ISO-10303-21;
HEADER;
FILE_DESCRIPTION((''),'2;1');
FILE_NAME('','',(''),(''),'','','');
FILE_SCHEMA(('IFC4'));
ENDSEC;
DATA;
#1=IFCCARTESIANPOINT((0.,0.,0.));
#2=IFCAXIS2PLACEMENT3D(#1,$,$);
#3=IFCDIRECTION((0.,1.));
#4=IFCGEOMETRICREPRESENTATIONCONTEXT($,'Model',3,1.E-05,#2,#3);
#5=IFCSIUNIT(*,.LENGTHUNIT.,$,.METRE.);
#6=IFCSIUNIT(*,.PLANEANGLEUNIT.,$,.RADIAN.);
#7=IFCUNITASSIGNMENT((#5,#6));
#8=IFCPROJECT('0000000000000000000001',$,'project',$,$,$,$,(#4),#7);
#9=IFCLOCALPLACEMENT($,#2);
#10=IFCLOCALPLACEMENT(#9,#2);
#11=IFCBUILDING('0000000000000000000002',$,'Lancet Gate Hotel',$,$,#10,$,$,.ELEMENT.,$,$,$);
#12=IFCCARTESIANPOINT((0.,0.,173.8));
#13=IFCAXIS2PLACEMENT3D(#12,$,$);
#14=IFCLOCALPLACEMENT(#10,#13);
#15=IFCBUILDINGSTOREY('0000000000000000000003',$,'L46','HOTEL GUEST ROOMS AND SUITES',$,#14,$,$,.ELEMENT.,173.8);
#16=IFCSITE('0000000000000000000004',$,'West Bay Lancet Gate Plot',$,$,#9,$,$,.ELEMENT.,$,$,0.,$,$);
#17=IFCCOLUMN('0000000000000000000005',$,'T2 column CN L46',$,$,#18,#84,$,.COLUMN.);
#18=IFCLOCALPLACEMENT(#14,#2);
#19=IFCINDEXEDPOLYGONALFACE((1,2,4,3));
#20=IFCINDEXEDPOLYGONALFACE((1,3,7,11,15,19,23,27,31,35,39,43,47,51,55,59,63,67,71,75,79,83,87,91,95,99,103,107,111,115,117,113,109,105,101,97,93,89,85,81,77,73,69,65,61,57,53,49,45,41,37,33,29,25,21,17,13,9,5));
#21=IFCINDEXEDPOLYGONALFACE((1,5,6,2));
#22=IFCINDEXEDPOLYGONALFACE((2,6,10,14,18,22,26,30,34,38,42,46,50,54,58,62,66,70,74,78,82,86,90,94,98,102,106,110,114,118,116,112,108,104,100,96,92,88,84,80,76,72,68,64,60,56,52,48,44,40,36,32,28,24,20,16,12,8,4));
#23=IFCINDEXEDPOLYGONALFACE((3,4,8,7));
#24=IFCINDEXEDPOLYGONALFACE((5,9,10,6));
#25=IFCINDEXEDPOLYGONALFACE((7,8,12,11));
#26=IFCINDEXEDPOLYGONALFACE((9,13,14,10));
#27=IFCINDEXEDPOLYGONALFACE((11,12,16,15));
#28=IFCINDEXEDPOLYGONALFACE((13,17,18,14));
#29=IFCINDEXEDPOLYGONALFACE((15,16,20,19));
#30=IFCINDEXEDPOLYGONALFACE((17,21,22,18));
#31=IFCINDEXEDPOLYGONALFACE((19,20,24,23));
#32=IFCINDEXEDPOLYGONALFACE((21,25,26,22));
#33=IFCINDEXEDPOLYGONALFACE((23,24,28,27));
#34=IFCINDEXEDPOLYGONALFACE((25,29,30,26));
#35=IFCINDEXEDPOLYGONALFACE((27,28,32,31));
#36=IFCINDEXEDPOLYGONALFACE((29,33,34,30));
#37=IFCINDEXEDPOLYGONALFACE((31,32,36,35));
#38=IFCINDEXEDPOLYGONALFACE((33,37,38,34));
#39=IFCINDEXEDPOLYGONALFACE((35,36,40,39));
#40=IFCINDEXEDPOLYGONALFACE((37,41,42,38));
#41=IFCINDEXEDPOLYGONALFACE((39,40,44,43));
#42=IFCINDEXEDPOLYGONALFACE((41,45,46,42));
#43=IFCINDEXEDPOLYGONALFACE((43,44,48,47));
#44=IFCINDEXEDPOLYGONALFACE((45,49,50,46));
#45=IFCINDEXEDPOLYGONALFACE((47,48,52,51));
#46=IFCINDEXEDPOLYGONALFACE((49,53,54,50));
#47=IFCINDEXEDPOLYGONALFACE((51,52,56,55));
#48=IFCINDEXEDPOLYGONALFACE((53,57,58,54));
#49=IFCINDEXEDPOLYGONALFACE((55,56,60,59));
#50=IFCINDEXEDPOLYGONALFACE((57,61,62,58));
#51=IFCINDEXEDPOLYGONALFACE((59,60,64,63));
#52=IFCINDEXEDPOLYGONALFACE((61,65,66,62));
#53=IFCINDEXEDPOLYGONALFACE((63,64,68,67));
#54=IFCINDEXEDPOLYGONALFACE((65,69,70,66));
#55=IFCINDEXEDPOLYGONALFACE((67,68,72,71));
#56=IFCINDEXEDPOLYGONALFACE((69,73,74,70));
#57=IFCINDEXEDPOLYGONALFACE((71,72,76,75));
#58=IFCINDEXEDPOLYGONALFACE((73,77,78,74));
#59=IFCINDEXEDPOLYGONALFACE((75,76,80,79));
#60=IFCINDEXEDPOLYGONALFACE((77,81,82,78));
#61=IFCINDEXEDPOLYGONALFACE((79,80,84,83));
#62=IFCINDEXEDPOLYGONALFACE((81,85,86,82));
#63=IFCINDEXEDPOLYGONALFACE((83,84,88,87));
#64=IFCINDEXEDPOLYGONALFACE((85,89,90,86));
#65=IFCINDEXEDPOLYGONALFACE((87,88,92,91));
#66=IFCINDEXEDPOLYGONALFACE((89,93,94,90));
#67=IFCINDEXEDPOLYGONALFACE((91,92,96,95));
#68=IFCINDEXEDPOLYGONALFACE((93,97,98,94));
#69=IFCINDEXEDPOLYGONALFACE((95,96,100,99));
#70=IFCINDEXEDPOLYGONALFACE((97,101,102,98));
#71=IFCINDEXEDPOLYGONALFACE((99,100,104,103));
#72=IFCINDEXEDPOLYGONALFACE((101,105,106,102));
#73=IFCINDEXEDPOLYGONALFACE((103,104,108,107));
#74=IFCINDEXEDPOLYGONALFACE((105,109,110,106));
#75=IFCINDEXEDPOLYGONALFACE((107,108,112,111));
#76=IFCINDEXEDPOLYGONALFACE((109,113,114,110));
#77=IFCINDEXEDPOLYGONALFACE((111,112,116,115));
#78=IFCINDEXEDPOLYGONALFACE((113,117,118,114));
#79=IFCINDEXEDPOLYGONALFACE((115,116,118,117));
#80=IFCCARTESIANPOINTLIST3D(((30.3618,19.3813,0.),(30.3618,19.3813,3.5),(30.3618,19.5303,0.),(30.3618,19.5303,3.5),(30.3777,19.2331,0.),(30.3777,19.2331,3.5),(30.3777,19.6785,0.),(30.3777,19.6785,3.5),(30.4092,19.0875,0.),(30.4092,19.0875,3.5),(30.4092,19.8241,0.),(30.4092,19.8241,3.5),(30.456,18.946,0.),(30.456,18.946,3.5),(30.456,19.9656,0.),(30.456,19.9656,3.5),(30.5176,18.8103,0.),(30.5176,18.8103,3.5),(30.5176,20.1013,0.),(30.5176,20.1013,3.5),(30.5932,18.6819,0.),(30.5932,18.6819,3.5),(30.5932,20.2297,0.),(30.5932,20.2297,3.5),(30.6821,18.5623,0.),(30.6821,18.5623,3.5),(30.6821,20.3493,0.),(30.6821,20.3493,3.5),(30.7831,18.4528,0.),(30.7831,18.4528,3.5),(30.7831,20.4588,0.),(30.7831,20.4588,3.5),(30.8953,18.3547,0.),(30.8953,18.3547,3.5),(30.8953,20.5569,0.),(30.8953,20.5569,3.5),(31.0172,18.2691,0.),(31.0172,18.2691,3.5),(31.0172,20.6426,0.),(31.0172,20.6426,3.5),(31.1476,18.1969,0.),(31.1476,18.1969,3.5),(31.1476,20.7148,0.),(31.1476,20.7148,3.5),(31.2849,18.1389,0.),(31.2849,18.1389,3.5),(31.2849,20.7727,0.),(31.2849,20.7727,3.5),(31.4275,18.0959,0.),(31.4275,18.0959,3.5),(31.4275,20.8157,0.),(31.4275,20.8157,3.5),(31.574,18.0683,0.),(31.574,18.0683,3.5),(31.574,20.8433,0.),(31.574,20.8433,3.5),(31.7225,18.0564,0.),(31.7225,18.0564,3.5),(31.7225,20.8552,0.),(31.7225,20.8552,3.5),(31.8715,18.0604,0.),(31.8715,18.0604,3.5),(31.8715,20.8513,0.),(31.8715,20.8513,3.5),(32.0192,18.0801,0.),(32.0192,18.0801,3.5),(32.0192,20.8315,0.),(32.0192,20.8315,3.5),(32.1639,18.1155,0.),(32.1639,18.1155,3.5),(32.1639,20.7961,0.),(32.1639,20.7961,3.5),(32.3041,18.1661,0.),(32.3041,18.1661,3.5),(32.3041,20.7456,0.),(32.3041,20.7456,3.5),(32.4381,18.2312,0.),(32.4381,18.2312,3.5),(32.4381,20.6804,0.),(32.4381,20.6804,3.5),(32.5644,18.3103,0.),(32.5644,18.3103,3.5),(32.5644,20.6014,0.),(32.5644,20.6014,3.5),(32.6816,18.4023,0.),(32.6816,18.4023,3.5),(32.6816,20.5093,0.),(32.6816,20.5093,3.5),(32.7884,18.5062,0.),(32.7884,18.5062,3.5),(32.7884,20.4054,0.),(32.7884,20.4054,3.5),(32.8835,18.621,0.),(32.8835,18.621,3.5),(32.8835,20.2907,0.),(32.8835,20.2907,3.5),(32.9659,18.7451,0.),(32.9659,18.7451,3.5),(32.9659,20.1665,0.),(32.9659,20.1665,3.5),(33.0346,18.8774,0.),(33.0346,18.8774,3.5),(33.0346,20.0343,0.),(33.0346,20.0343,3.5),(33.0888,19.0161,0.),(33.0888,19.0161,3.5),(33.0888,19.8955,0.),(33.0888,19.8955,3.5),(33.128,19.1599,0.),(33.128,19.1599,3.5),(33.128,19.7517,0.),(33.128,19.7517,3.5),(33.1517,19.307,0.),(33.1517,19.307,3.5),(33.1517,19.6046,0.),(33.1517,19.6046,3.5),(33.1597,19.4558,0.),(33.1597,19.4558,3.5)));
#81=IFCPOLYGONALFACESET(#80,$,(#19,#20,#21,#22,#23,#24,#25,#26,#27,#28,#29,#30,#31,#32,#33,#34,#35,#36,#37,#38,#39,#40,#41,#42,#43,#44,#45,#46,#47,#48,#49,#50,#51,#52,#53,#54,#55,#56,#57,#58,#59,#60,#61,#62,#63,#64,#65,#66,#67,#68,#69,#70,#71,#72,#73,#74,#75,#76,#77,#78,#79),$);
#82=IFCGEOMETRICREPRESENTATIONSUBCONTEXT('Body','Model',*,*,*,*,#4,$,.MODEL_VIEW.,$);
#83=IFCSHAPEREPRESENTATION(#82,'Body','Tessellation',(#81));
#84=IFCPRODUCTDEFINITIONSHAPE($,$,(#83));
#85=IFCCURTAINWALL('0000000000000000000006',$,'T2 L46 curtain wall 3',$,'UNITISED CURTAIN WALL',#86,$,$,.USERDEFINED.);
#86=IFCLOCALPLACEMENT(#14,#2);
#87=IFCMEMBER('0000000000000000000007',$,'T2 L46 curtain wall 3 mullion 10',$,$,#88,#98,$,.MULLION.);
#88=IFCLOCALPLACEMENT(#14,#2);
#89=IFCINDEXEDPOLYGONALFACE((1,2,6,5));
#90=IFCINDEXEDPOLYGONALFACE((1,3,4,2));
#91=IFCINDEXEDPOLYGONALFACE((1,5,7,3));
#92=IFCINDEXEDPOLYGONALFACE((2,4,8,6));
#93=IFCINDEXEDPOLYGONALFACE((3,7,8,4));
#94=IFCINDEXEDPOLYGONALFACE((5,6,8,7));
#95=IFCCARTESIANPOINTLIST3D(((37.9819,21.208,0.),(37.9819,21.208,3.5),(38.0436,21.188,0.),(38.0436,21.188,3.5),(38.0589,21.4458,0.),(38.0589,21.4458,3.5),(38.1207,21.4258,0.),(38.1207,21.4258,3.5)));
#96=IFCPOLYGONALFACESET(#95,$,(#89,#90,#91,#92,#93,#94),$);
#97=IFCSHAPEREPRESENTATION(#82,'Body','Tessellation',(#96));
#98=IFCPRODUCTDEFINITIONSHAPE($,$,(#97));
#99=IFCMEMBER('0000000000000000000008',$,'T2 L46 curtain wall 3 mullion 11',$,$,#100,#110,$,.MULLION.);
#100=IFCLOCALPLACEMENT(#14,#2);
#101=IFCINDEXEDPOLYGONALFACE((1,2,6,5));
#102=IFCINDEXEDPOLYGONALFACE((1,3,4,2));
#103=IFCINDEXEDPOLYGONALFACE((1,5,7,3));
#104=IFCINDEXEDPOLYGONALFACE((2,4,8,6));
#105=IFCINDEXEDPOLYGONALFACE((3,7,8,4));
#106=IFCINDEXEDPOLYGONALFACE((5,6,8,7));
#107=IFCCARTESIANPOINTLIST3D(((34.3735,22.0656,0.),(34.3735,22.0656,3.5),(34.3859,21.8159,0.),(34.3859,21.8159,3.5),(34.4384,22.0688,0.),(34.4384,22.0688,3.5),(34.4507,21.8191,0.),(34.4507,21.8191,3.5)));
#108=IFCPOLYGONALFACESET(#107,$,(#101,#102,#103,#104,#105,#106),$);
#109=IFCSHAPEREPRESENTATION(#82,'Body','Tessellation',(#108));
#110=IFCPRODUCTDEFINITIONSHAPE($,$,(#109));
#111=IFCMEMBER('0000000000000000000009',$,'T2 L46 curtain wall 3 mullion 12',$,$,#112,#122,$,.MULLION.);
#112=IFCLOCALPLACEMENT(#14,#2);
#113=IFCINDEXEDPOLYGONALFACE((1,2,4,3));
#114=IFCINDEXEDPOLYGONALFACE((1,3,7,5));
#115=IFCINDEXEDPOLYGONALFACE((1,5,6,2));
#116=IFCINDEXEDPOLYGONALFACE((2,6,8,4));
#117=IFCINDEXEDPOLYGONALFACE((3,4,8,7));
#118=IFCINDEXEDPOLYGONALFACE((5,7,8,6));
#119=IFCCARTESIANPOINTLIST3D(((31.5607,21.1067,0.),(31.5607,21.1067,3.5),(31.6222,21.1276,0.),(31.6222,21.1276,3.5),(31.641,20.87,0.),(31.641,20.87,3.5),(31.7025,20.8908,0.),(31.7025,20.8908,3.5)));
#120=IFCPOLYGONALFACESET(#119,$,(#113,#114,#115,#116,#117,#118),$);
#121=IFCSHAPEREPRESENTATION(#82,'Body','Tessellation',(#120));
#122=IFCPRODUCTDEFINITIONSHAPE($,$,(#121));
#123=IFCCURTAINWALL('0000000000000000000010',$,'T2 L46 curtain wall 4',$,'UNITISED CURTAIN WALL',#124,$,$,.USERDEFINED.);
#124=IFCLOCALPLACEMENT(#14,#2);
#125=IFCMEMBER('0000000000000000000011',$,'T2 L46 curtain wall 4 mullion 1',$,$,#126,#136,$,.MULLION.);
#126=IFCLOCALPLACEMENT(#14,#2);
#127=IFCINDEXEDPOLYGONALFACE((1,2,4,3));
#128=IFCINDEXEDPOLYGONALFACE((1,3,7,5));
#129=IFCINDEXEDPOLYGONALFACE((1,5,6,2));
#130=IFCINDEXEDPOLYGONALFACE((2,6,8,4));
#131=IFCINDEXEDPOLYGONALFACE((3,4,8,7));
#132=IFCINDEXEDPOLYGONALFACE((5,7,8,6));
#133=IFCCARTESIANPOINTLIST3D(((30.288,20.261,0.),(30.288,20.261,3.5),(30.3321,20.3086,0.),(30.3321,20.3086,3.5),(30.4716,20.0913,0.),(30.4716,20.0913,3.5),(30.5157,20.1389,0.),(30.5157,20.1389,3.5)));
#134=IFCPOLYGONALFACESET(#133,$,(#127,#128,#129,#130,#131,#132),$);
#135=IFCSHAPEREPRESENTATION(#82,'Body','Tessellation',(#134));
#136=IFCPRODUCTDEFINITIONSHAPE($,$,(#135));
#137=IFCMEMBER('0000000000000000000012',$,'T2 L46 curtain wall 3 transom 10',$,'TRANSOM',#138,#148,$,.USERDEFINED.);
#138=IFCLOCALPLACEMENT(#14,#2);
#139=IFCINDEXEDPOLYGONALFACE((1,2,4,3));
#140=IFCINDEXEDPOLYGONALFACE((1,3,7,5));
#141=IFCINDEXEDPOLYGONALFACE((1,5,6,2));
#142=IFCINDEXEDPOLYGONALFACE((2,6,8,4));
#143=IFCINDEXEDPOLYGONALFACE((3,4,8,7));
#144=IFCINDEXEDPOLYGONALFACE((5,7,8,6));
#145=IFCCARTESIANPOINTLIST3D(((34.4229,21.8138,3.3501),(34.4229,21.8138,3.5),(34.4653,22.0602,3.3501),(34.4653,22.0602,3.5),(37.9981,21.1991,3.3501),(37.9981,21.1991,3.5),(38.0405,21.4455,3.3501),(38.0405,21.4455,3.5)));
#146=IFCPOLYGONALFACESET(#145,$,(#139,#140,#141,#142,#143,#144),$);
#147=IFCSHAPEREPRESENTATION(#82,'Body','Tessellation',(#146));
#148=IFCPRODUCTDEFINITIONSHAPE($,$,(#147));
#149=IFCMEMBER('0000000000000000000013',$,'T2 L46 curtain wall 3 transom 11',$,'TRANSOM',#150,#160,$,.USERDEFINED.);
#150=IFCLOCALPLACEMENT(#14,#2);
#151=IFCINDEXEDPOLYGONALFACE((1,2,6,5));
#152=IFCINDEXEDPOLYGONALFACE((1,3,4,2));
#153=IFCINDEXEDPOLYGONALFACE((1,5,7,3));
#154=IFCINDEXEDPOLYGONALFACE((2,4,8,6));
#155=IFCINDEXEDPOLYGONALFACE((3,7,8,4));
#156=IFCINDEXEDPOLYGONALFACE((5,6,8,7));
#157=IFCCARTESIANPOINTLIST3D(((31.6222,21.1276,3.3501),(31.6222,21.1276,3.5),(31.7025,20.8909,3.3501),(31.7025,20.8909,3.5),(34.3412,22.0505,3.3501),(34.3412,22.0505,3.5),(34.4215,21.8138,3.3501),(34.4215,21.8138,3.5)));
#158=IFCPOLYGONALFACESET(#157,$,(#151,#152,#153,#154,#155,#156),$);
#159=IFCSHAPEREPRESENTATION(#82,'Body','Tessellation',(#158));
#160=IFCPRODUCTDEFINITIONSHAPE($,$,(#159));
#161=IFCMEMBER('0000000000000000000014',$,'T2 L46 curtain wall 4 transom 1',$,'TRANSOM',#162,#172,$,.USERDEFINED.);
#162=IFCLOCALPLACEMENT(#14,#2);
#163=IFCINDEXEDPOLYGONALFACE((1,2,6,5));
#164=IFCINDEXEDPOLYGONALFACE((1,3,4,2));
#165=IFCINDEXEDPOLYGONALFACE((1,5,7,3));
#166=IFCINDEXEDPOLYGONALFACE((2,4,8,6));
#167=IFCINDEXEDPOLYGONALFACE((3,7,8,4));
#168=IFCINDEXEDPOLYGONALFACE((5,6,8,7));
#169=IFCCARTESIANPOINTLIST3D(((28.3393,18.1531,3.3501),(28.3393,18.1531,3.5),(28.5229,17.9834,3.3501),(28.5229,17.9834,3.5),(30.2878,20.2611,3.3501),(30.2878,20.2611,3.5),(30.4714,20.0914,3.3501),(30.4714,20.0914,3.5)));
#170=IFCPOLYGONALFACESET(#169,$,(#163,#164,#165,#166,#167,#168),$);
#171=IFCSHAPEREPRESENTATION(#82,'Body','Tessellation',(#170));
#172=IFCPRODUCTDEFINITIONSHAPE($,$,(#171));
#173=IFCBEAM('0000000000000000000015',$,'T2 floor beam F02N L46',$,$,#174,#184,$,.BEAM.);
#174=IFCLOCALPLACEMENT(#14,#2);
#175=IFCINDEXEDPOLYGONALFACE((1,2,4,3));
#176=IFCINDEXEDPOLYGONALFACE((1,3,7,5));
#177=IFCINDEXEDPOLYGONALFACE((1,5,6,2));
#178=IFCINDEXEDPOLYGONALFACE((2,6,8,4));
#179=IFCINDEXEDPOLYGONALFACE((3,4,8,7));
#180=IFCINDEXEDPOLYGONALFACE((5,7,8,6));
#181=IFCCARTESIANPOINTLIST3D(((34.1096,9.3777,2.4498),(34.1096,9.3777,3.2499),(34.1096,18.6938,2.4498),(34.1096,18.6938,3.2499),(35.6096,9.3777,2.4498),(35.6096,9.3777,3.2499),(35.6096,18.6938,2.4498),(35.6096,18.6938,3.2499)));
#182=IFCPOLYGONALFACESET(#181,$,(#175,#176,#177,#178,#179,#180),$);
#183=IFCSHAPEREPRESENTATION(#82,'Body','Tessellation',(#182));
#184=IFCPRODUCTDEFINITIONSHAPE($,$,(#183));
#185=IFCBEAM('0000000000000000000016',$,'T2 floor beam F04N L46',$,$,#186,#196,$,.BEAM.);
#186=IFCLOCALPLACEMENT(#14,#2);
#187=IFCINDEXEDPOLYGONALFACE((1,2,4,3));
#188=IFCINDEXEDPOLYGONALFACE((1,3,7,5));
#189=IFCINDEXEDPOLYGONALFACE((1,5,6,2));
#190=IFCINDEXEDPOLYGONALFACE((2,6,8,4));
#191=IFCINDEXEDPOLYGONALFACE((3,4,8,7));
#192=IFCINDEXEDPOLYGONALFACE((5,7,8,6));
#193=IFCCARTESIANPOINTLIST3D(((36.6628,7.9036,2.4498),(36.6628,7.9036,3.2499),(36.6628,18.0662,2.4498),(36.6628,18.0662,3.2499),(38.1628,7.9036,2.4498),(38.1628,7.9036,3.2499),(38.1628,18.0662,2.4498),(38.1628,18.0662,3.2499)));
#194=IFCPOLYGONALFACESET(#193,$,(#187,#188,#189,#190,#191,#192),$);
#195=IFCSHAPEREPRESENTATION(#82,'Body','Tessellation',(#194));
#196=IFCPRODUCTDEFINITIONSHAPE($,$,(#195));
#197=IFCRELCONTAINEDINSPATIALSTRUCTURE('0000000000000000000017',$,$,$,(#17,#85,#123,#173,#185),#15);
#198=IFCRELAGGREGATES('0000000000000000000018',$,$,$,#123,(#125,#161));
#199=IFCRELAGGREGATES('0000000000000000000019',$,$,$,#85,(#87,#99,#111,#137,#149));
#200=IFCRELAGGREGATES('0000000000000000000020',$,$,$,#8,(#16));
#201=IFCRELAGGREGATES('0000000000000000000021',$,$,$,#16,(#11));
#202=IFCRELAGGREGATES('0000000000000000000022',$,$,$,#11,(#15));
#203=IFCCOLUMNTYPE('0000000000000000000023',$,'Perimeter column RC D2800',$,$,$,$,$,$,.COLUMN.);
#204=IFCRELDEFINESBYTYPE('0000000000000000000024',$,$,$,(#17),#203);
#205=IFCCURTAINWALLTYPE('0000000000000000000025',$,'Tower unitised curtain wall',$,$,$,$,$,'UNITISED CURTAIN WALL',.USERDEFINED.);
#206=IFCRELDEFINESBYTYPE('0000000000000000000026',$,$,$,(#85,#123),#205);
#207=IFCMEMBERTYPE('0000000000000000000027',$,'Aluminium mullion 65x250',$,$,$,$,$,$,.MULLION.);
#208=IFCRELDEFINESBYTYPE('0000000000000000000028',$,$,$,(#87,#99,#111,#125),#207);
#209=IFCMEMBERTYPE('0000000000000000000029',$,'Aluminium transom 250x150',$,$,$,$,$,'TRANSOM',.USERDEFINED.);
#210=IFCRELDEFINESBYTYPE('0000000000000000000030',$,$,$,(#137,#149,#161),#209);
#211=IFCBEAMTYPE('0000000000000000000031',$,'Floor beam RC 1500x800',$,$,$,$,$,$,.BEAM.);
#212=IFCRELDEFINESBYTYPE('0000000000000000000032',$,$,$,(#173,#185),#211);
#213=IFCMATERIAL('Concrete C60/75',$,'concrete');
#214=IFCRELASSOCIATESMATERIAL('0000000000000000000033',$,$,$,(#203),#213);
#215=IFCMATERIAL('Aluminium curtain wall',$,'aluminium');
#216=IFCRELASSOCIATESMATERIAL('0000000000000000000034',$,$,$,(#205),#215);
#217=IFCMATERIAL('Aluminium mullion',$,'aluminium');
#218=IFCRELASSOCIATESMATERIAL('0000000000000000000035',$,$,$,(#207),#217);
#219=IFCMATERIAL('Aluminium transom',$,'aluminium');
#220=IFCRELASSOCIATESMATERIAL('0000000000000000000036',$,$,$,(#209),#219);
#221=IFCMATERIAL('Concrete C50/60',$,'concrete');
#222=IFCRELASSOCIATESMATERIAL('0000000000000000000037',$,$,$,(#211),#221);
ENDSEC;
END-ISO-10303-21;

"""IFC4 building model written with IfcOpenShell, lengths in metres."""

from ifc_helpers import new_model, si_unit, direction, frame, origin, origin_2d, place, context, subcontext, project, spatial, rectangle, circle, extrude, material, material_profile, profile_set, type_object, element, aggregate, save


model = new_model("IFC4")

# Units and contexts
model_context = context("Model", 3, precision=1e-05, world=origin(), true_north=direction((0.0, 1.0)))
body_context = subcontext(model_context, "Body", "Model", "MODEL_VIEW")
ifc_project = project(units=[si_unit("LENGTHUNIT", "METRE"), si_unit("PLANEANGLEUNIT", "RADIAN")], contexts=[model_context])

# Site, building, storey
site_placement = place(None, origin())
site = spatial("IfcSite", under=ifc_project, at=site_placement, Name="West Bay Lancet Gate Plot", CompositionType="ELEMENT", RefElevation=0.0)
building_placement = place(site_placement, origin())
building = spatial("IfcBuilding", under=site, at=building_placement, Name="Lancet Gate Hotel", CompositionType="ELEMENT")
storey_placement = place(building_placement, frame((0.0, 0.0, 173.8)))
storey = spatial("IfcBuildingStorey", under=building, at=storey_placement, Name="L46", Description="HOTEL GUEST ROOMS AND SUITES", CompositionType="ELEMENT", Elevation=173.8)

# Column
ifc_material_1 = material(Name="Concrete C60/75", Category="concrete")
ifc_material_profile_1 = material_profile(ifc_material_1, circle(Radius=1.3999, at=origin_2d()), Name="RC D2800")
ifc_profile_set_1 = profile_set([ifc_material_profile_1], Name="Concrete C60/75")
column_type = type_object("IfcColumnType", Name="Perimeter column RC D2800", PredefinedType="COLUMN", material=ifc_profile_set_1)
column_placement = place(storey_placement, frame((31.7598, 19.4558, 0.0), z_axis=(0.0, 0.0, 1.0), x_axis=(1.0, 0.0, 0.0)))
element("IfcColumn", 1, at=column_placement, inside=storey, type_object=column_type, Name="T2 column CN L46", PredefinedType="COLUMN", context=body_context, shape_type="SweptSolid", body=[
    extrude(circle(Radius=1.3999, at=origin_2d()), origin(), (0.0, 0.0, 1.0), 3.5),
])

# Curtain wall, members
ifc_material_2 = material(Name="Aluminium curtain wall", Category="aluminium")
curtain_wall_type = type_object("IfcCurtainWallType", Name="Tower unitised curtain wall", ElementType="UNITISED CURTAIN WALL", PredefinedType="USERDEFINED", material=ifc_material_2)
curtain_wall_1_placement = place(storey_placement, origin())
curtain_wall_1 = element("IfcCurtainWall", 2, at=curtain_wall_1_placement, inside=storey, type_object=curtain_wall_type, Name="T2 L46 curtain wall 3", ObjectType="UNITISED CURTAIN WALL", PredefinedType="USERDEFINED")
ifc_material_3 = material(Name="Aluminium mullion", Category="aluminium")
ifc_material_profile_2 = material_profile(ifc_material_3, rectangle(XDim=0.0649, YDim=0.25, at=origin_2d()), Name="MULLION 65x250")
ifc_profile_set_2 = profile_set([ifc_material_profile_2], Name="Aluminium mullion")
member_type_1 = type_object("IfcMemberType", Name="Aluminium mullion 65x250", PredefinedType="MULLION", material=ifc_profile_set_2)
member_1_placement = place(storey_placement, frame((38.0513, 21.3169, 0.0), z_axis=(0.0, 0.0, 1.0), x_axis=(-0.951355, 0.308095, 0.0)))
member_1 = element("IfcMember", 3, at=member_1_placement, type_object=member_type_1, Name="T2 L46 curtain wall 3 mullion 10", PredefinedType="MULLION", context=body_context, shape_type="SweptSolid", body=[
    extrude(rectangle(XDim=0.0649, YDim=0.25, at=origin_2d()), origin(), (0.0, 0.0, 1.0), 3.5),
])
member_2_placement = place(storey_placement, frame((34.4121, 21.9424, 0.0), z_axis=(0.0, 0.0, 1.0), x_axis=(-0.998776, -0.049471, 0.0)))
member_2 = element("IfcMember", 4, at=member_2_placement, type_object=member_type_1, Name="T2 L46 curtain wall 3 mullion 11", PredefinedType="MULLION", context=body_context, shape_type="SweptSolid", body=[
    extrude(rectangle(XDim=0.0649, YDim=0.25, at=origin_2d()), origin(), (0.0, 0.0, 1.0), 3.5),
])
member_3_placement = place(storey_placement, frame((31.6316, 20.9988, 0.0), z_axis=(0.0, 0.0, 1.0), x_axis=(-0.946952, -0.321374, 0.0)))
member_3 = element("IfcMember", 5, at=member_3_placement, type_object=member_type_1, Name="T2 L46 curtain wall 3 mullion 12", PredefinedType="MULLION", context=body_context, shape_type="SweptSolid", body=[
    extrude(rectangle(XDim=0.0649, YDim=0.25, at=origin_2d()), origin(), (0.0, 0.0, 1.0), 3.5),
])

# Curtain wall, member
curtain_wall_2_placement = place(storey_placement, origin())
curtain_wall_2 = element("IfcCurtainWall", 6, at=curtain_wall_2_placement, inside=storey, type_object=curtain_wall_type, Name="T2 L46 curtain wall 4", ObjectType="UNITISED CURTAIN WALL", PredefinedType="USERDEFINED")
member_4_placement = place(storey_placement, frame((30.4019, 20.2, 0.0), z_axis=(0.0, 0.0, 1.0), x_axis=(-0.678831, -0.734294, 0.0)))
member_4 = element("IfcMember", 7, at=member_4_placement, type_object=member_type_1, Name="T2 L46 curtain wall 4 mullion 1", PredefinedType="MULLION", context=body_context, shape_type="SweptSolid", body=[
    extrude(rectangle(XDim=0.0649, YDim=0.25, at=origin_2d()), origin(), (0.0, 0.0, 1.0), 3.5),
])

# Members
ifc_material_4 = material(Name="Aluminium transom", Category="aluminium")
ifc_material_profile_3 = material_profile(ifc_material_4, rectangle(XDim=0.25, YDim=0.1499, at=origin_2d()), Name="TRANSOM 250x150")
ifc_profile_set_3 = profile_set([ifc_material_profile_3], Name="Aluminium transom")
member_type_2 = type_object("IfcMemberType", Name="Aluminium transom 250x150", ElementType="TRANSOM", PredefinedType="USERDEFINED", material=ifc_profile_set_3)
member_5_placement = place(storey_placement, frame((38.0193, 21.3223, 3.425), z_axis=(-0.985537, 0.169461, 0.0), x_axis=(-0.169461, -0.985537, 0.0)))
member_5 = element("IfcMember", 8, at=member_5_placement, type_object=member_type_2, Name="T2 L46 curtain wall 3 transom 10", ObjectType="TRANSOM", PredefinedType="USERDEFINED", context=body_context, shape_type="SweptSolid", body=[
    extrude(rectangle(XDim=0.25, YDim=0.1499, at=origin_2d()), origin(), (0.0, 0.0, 1.0), 3.6277),
])
member_6_placement = place(storey_placement, frame((34.3813, 21.9321, 3.425), z_axis=(-0.946943, -0.321401, 0.0), x_axis=(0.321401, -0.946943, 0.0)))
member_6 = element("IfcMember", 9, at=member_6_placement, type_object=member_type_2, Name="T2 L46 curtain wall 3 transom 11", ObjectType="TRANSOM", PredefinedType="USERDEFINED", context=body_context, shape_type="SweptSolid", body=[
    extrude(rectangle(XDim=0.25, YDim=0.1499, at=origin_2d()), origin(), (0.0, 0.0, 1.0), 2.8713),
])
member_7_placement = place(storey_placement, frame((30.3796, 20.1763, 3.425), z_axis=(-0.678792, -0.73433, 0.0), x_axis=(0.73433, -0.678792, 0.0)))
member_7 = element("IfcMember", 10, at=member_7_placement, type_object=member_type_2, Name="T2 L46 curtain wall 4 transom 1", ObjectType="TRANSOM", PredefinedType="USERDEFINED", context=body_context, shape_type="SweptSolid", body=[
    extrude(rectangle(XDim=0.25, YDim=0.1499, at=origin_2d()), origin(), (0.0, 0.0, 1.0), 2.8706),
])
aggregate(curtain_wall_2, [member_4, member_7])

# Beams
ifc_material_5 = material(Name="Concrete C50/60", Category="concrete")
ifc_material_profile_4 = material_profile(ifc_material_5, rectangle(XDim=1.5, YDim=0.8, at=origin_2d()), Name="RC 1500x800")
ifc_profile_set_4 = profile_set([ifc_material_profile_4], Name="Concrete C50/60")
beam_type = type_object("IfcBeamType", Name="Floor beam RC 1500x800", PredefinedType="BEAM", material=ifc_profile_set_4)
beam_1_placement = place(storey_placement, frame((34.8596, 9.3777, 2.8499), z_axis=(0.0, 1.0, 0.0), x_axis=(-1.0, 0.0, 0.0)))
element("IfcBeam", 11, at=beam_1_placement, inside=storey, type_object=beam_type, Name="T2 floor beam F02N L46", PredefinedType="BEAM", context=body_context, shape_type="SweptSolid", body=[
    extrude(rectangle(XDim=1.5, YDim=0.8, at=origin_2d()), origin(), (0.0, 0.0, 1.0), 9.3162),
])
beam_2_placement = place(storey_placement, frame((37.4128, 7.9036, 2.8499), z_axis=(0.0, 1.0, 0.0), x_axis=(-1.0, 0.0, 0.0)))
element("IfcBeam", 12, at=beam_2_placement, inside=storey, type_object=beam_type, Name="T2 floor beam F04N L46", PredefinedType="BEAM", context=body_context, shape_type="SweptSolid", body=[
    extrude(rectangle(XDim=1.5, YDim=0.8, at=origin_2d()), origin(), (0.0, 0.0, 1.0), 10.1626),
])

aggregate(curtain_wall_1, [member_1, member_2, member_3, member_5, member_6])

save(model, "model.ifc")
